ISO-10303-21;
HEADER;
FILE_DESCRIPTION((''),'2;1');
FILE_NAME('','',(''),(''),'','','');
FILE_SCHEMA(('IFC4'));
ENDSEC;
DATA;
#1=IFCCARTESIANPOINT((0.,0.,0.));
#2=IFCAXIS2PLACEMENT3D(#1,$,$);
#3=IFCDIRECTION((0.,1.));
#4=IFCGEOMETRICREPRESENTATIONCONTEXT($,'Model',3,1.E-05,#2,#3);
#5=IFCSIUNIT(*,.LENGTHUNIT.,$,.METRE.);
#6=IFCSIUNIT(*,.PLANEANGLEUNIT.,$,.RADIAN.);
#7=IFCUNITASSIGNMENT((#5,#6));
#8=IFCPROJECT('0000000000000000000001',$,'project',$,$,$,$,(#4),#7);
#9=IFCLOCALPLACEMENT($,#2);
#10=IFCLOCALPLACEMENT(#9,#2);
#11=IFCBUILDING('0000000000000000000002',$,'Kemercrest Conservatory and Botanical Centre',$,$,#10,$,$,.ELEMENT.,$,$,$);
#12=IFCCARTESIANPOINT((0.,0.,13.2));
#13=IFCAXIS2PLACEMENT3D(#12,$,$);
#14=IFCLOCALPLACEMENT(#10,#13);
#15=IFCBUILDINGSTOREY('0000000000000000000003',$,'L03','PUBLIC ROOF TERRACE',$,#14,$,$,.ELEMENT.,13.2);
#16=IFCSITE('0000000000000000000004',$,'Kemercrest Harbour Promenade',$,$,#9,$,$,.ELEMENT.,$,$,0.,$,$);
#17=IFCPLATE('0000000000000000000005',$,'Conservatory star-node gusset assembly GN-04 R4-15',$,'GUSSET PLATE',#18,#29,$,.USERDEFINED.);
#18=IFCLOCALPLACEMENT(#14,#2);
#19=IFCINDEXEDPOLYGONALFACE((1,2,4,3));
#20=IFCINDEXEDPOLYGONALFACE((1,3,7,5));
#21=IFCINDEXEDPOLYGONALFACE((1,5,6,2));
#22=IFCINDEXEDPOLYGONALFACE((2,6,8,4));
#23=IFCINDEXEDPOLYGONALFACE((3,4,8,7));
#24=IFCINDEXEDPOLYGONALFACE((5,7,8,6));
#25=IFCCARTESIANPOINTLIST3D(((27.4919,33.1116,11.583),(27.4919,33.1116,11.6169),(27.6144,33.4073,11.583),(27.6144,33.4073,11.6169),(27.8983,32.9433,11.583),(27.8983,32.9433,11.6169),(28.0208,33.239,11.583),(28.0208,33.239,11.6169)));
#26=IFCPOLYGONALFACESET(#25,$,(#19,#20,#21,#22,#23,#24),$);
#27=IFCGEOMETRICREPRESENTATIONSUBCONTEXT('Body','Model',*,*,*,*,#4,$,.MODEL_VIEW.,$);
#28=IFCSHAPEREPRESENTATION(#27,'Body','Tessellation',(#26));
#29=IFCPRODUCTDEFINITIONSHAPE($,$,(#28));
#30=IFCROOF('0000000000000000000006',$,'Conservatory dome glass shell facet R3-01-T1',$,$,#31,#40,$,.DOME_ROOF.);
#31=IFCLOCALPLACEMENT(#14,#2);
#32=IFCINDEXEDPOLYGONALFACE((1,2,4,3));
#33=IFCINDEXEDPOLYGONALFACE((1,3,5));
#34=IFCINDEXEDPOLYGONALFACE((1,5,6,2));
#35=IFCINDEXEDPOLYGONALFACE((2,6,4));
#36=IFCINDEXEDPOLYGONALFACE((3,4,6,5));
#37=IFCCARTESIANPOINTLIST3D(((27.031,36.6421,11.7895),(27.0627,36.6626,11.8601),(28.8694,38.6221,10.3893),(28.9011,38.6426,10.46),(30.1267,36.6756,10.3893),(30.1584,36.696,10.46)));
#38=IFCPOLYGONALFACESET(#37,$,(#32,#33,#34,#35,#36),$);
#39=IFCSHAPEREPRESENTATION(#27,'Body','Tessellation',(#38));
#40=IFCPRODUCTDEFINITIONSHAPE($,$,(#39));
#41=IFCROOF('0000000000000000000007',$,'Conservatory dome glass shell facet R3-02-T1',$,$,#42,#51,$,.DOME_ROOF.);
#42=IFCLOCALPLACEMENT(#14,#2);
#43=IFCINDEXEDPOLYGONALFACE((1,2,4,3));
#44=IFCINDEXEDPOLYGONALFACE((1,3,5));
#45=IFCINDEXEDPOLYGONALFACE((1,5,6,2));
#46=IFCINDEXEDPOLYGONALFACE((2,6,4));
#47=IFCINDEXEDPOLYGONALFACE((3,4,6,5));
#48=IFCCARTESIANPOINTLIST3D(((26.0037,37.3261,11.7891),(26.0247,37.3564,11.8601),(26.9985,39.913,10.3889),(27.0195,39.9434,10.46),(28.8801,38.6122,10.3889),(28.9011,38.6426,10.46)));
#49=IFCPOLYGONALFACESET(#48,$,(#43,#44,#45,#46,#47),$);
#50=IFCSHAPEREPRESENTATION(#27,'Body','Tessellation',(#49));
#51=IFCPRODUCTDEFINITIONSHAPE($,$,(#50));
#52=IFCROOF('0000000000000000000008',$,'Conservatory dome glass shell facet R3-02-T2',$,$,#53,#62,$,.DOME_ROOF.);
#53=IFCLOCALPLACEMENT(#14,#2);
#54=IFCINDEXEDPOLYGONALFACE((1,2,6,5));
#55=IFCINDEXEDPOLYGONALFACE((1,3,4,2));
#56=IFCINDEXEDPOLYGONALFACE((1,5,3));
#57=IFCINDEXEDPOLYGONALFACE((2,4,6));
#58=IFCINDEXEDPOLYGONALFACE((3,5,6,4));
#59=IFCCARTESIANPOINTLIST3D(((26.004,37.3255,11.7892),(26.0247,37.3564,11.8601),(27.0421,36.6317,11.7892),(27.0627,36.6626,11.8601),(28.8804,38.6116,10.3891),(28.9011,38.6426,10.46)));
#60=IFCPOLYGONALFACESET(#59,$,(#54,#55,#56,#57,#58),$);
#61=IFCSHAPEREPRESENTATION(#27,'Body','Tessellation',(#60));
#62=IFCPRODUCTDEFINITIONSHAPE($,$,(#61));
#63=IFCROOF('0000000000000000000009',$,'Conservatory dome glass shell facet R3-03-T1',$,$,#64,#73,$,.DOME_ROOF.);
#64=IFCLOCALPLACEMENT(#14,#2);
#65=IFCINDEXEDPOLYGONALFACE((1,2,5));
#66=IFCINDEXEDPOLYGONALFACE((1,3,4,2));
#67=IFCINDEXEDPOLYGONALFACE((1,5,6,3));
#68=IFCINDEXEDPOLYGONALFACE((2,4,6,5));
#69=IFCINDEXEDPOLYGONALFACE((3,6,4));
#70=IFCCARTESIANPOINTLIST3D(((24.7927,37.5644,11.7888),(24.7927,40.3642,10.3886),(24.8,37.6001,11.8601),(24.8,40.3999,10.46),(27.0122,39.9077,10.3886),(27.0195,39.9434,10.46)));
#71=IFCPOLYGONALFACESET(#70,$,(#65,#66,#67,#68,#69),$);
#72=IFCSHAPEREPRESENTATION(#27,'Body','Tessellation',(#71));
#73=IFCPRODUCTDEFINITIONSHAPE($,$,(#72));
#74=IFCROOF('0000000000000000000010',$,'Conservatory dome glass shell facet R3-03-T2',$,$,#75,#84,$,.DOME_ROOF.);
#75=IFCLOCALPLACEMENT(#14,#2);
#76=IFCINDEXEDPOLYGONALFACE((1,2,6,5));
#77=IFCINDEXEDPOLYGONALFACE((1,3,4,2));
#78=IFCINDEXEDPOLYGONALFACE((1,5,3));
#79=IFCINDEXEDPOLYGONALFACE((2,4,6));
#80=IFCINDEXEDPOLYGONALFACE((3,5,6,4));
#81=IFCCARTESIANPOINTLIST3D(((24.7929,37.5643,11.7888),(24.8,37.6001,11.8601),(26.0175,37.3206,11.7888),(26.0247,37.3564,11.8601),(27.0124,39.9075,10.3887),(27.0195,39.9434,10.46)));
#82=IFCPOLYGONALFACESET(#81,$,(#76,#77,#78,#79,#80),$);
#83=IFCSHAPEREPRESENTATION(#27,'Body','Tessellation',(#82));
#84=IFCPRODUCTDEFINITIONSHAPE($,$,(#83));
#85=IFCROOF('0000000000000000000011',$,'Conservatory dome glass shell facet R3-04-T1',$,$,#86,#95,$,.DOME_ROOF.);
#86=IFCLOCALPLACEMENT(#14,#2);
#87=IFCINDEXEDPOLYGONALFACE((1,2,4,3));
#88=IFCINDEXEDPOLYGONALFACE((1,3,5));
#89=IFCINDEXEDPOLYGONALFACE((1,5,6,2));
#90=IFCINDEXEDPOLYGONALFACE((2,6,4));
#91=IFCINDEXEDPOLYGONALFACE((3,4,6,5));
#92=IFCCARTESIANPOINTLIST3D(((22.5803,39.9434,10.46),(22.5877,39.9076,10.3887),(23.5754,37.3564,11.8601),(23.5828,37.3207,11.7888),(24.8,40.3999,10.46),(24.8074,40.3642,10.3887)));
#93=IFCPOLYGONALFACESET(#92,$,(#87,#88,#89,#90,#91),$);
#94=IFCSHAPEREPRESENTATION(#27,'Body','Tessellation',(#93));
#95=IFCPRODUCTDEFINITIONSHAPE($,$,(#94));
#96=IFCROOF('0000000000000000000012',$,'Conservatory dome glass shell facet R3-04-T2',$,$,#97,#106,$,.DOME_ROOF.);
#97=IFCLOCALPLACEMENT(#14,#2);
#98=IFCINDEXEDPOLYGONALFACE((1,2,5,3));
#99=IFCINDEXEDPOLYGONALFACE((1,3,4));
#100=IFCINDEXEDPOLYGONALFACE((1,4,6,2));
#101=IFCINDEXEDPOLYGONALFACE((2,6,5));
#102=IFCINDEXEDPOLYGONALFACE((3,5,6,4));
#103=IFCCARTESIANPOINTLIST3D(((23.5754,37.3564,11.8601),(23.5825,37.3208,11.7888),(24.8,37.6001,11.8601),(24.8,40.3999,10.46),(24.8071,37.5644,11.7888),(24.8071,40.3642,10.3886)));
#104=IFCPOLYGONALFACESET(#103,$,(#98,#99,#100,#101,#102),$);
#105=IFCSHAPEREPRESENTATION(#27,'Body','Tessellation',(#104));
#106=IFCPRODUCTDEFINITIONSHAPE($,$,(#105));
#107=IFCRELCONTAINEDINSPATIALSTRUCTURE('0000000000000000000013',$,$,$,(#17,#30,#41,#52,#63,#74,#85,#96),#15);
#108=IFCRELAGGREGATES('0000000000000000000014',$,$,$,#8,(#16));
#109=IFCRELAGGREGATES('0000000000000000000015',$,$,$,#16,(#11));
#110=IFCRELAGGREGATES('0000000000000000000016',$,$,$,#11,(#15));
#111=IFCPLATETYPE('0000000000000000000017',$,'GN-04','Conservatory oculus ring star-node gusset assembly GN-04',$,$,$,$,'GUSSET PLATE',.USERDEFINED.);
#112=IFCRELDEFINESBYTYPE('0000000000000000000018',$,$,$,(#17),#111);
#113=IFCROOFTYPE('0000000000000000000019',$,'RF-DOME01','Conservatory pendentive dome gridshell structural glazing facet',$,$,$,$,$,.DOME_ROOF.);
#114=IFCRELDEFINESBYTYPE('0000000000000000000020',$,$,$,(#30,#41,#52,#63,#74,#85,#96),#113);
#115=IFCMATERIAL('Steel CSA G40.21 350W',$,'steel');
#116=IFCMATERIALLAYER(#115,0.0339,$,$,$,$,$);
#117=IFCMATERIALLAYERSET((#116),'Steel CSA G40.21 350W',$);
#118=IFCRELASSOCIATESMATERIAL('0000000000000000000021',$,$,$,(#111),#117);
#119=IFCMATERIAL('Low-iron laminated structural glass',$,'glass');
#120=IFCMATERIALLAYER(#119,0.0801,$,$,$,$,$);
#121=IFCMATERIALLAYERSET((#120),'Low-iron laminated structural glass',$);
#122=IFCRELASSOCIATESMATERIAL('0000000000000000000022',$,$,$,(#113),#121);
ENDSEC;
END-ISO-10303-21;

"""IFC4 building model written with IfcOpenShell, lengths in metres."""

from ifc_helpers import new_model, si_unit, direction, frame, origin, origin_2d, place, context, subcontext, project, spatial, polyline, rectangle, outline, extrude, material, layer, layer_set, type_object, element, save


model = new_model("IFC4")

# Units and contexts
model_context = context("Model", 3, precision=1e-05, world=origin(), true_north=direction((0.0, 1.0)))
body_context = subcontext(model_context, "Body", "Model", "MODEL_VIEW")
ifc_project = project(units=[si_unit("LENGTHUNIT", "METRE"), si_unit("PLANEANGLEUNIT", "RADIAN")], contexts=[model_context])

# Site, building, storey
site_placement = place(None, origin())
site = spatial("IfcSite", under=ifc_project, at=site_placement, Name="Kemercrest Harbour Promenade", CompositionType="ELEMENT", RefElevation=0.0)
building_placement = place(site_placement, origin())
building = spatial("IfcBuilding", under=site, at=building_placement, Name="Kemercrest Conservatory and Botanical Centre", CompositionType="ELEMENT")
storey_placement = place(building_placement, frame((0.0, 0.0, 13.2)))
storey = spatial("IfcBuildingStorey", under=building, at=storey_placement, Name="L03", Description="PUBLIC ROOF TERRACE", CompositionType="ELEMENT", Elevation=13.2)

# Shared definitions
ifc_material_1 = material(Name="Steel CSA G40.21 350W", Category="steel")

# Plate
ifc_layer_1 = layer(ifc_material_1, 0.0339)
ifc_layer_set_1 = layer_set([ifc_layer_1], Name="Steel CSA G40.21 350W")
plate_type_1 = type_object("IfcPlateType", Name="GN-04", Description="Conservatory oculus ring star-node gusset assembly GN-04", ElementType="GUSSET PLATE", PredefinedType="USERDEFINED", material=ifc_layer_set_1)
for number, where, z_axis, x_axis, name in (
    (1, (27.7563, 33.1753, 11.583), (0.0, 0.0, 1.0), (-0.92388, 0.382683, 0.0), "Conservatory star-node gusset assembly GN-04 R4-15"),
):
    element("IfcPlate", number, at=place(storey_placement, frame(where, z_axis=z_axis, x_axis=x_axis)), inside=storey, type_object=plate_type_1, Name=name, ObjectType="GUSSET PLATE", PredefinedType="USERDEFINED", context=body_context, shape_type="SweptSolid", body=[
        extrude(rectangle(XDim=0.4399, YDim=0.3201, at=origin_2d()), origin(), (0.0, 0.0, 1.0), 0.0339),
    ])

# Roofs
ifc_material_2 = material(Name="Low-iron laminated structural glass", Category="glass")
ifc_layer_2 = layer(ifc_material_2, 0.0801)
ifc_layer_set_2 = layer_set([ifc_layer_2], Name="Low-iron laminated structural glass")
roof_type = type_object("IfcRoofType", Name="RF-DOME01", Description="Conservatory pendentive dome gridshell structural glazing facet", PredefinedType="DOME_ROOF", material=ifc_layer_set_2)
roof_1_placement = place(storey_placement, frame((30.1584, 36.696, 10.46), z_axis=(0.396085, 0.255843, 0.881851), x_axis=(-0.542583, 0.840002, 0.0)))
element("IfcRoof", 2, at=roof_1_placement, inside=storey, type_object=roof_type, Name="Conservatory dome glass shell facet R3-01-T1", PredefinedType="DOME_ROOF", context=body_context, shape_type="SweptSolid", body=[
    extrude(outline(polyline([(0.0, 0.0), (2.3173, 0.0), (1.6516, 2.9694), (0.0, 0.0)])), origin(), (0.0, 0.0, -1.0), 0.0801),
])
roof_2_placement = place(storey_placement, frame((28.9011, 38.6426, 10.46), z_axis=(0.26227, 0.379376, 0.887292), x_axis=(-0.822572, 0.56866, 0.0)))
element("IfcRoof", 3, at=roof_2_placement, inside=storey, type_object=roof_type, Name="Conservatory dome glass shell facet R3-02-T1", PredefinedType="DOME_ROOF", context=body_context, shape_type="SweptSolid", body=[
    extrude(outline(polyline([(0.0, 0.0), (2.2874, 0.0), (1.6347, 3.0358), (0.0, 0.0)])), origin(), (0.0, 0.0, -1.0), 0.0801),
])
roof_3_placement = place(storey_placement, frame((28.9011, 38.6426, 10.46), z_axis=(0.258247, 0.386371, 0.885452), x_axis=(-0.834245, -0.37301, 0.406077)))
element("IfcRoof", 4, at=roof_3_placement, inside=storey, type_object=roof_type, Name="Conservatory dome glass shell facet R3-02-T2", PredefinedType="DOME_ROOF", context=body_context, shape_type="SweptSolid", body=[
    extrude(outline(polyline([(0.0, 0.0), (3.448, 0.0), (2.8408, 1.091), (0.0, 0.0)])), origin(), (0.0, 0.0, -1.0), 0.0801),
])
roof_4_placement = place(storey_placement, frame((27.0195, 39.9434, 10.46), z_axis=(0.091617, 0.445395, 0.890634), x_axis=(-0.979493, 0.20148, 0.0)))
element("IfcRoof", 5, at=roof_4_placement, inside=storey, type_object=roof_type, Name="Conservatory dome glass shell facet R3-03-T1", PredefinedType="DOME_ROOF", context=body_context, shape_type="SweptSolid", body=[
    extrude(outline(polyline([(0.0, 0.0), (2.266, 0.0), (1.7018, 3.0791), (0.0, 0.0)])), origin(), (0.0, 0.0, -1.0), 0.0801),
])
roof_5_placement = place(storey_placement, frame((27.0195, 39.9434, 10.46), z_axis=(0.089018, 0.44741, 0.889888), x_axis=(-0.630866, -0.666049, 0.397978)))
element("IfcRoof", 6, at=roof_5_placement, inside=storey, type_object=roof_type, Name="Conservatory dome glass shell facet R3-03-T2", PredefinedType="DOME_ROOF", context=body_context, shape_type="SweptSolid", body=[
    extrude(outline(polyline([(0.0, 0.0), (3.5182, 0.0), (2.9079, 1.0893), (0.0, 0.0)])), origin(), (0.0, 0.0, -1.0), 0.0801),
])
roof_6_placement = place(storey_placement, frame((24.8, 40.3999, 10.46), z_axis=(-0.091821, 0.446435, 0.890093), x_axis=(-0.979497, -0.201458, 0.0)))
element("IfcRoof", 7, at=roof_6_placement, inside=storey, type_object=roof_type, Name="Conservatory dome glass shell facet R3-04-T1", PredefinedType="DOME_ROOF", context=body_context, shape_type="SweptSolid", body=[
    extrude(outline(polyline([(0.0, 0.0), (2.2662, 0.0), (1.8126, 3.072), (0.0, 0.0)])), origin(), (0.0, 0.0, -1.0), 0.0801),
])
roof_7_placement = place(storey_placement, frame((24.8, 40.3999, 10.46), z_axis=(-0.088641, 0.445515, 0.890875), x_axis=(-0.343327, -0.853252, 0.39254)))
element("IfcRoof", 8, at=roof_7_placement, inside=storey, type_object=roof_type, Name="Conservatory dome glass shell facet R3-04-T2", PredefinedType="DOME_ROOF", context=body_context, shape_type="SweptSolid", body=[
    extrude(outline(polyline([(0.0, 0.0), (3.5669, 0.0), (2.9386, 1.079), (0.0, 0.0)])), origin(), (0.0, 0.0, -1.0), 0.0801),
])

save(model, "model.ifc")
